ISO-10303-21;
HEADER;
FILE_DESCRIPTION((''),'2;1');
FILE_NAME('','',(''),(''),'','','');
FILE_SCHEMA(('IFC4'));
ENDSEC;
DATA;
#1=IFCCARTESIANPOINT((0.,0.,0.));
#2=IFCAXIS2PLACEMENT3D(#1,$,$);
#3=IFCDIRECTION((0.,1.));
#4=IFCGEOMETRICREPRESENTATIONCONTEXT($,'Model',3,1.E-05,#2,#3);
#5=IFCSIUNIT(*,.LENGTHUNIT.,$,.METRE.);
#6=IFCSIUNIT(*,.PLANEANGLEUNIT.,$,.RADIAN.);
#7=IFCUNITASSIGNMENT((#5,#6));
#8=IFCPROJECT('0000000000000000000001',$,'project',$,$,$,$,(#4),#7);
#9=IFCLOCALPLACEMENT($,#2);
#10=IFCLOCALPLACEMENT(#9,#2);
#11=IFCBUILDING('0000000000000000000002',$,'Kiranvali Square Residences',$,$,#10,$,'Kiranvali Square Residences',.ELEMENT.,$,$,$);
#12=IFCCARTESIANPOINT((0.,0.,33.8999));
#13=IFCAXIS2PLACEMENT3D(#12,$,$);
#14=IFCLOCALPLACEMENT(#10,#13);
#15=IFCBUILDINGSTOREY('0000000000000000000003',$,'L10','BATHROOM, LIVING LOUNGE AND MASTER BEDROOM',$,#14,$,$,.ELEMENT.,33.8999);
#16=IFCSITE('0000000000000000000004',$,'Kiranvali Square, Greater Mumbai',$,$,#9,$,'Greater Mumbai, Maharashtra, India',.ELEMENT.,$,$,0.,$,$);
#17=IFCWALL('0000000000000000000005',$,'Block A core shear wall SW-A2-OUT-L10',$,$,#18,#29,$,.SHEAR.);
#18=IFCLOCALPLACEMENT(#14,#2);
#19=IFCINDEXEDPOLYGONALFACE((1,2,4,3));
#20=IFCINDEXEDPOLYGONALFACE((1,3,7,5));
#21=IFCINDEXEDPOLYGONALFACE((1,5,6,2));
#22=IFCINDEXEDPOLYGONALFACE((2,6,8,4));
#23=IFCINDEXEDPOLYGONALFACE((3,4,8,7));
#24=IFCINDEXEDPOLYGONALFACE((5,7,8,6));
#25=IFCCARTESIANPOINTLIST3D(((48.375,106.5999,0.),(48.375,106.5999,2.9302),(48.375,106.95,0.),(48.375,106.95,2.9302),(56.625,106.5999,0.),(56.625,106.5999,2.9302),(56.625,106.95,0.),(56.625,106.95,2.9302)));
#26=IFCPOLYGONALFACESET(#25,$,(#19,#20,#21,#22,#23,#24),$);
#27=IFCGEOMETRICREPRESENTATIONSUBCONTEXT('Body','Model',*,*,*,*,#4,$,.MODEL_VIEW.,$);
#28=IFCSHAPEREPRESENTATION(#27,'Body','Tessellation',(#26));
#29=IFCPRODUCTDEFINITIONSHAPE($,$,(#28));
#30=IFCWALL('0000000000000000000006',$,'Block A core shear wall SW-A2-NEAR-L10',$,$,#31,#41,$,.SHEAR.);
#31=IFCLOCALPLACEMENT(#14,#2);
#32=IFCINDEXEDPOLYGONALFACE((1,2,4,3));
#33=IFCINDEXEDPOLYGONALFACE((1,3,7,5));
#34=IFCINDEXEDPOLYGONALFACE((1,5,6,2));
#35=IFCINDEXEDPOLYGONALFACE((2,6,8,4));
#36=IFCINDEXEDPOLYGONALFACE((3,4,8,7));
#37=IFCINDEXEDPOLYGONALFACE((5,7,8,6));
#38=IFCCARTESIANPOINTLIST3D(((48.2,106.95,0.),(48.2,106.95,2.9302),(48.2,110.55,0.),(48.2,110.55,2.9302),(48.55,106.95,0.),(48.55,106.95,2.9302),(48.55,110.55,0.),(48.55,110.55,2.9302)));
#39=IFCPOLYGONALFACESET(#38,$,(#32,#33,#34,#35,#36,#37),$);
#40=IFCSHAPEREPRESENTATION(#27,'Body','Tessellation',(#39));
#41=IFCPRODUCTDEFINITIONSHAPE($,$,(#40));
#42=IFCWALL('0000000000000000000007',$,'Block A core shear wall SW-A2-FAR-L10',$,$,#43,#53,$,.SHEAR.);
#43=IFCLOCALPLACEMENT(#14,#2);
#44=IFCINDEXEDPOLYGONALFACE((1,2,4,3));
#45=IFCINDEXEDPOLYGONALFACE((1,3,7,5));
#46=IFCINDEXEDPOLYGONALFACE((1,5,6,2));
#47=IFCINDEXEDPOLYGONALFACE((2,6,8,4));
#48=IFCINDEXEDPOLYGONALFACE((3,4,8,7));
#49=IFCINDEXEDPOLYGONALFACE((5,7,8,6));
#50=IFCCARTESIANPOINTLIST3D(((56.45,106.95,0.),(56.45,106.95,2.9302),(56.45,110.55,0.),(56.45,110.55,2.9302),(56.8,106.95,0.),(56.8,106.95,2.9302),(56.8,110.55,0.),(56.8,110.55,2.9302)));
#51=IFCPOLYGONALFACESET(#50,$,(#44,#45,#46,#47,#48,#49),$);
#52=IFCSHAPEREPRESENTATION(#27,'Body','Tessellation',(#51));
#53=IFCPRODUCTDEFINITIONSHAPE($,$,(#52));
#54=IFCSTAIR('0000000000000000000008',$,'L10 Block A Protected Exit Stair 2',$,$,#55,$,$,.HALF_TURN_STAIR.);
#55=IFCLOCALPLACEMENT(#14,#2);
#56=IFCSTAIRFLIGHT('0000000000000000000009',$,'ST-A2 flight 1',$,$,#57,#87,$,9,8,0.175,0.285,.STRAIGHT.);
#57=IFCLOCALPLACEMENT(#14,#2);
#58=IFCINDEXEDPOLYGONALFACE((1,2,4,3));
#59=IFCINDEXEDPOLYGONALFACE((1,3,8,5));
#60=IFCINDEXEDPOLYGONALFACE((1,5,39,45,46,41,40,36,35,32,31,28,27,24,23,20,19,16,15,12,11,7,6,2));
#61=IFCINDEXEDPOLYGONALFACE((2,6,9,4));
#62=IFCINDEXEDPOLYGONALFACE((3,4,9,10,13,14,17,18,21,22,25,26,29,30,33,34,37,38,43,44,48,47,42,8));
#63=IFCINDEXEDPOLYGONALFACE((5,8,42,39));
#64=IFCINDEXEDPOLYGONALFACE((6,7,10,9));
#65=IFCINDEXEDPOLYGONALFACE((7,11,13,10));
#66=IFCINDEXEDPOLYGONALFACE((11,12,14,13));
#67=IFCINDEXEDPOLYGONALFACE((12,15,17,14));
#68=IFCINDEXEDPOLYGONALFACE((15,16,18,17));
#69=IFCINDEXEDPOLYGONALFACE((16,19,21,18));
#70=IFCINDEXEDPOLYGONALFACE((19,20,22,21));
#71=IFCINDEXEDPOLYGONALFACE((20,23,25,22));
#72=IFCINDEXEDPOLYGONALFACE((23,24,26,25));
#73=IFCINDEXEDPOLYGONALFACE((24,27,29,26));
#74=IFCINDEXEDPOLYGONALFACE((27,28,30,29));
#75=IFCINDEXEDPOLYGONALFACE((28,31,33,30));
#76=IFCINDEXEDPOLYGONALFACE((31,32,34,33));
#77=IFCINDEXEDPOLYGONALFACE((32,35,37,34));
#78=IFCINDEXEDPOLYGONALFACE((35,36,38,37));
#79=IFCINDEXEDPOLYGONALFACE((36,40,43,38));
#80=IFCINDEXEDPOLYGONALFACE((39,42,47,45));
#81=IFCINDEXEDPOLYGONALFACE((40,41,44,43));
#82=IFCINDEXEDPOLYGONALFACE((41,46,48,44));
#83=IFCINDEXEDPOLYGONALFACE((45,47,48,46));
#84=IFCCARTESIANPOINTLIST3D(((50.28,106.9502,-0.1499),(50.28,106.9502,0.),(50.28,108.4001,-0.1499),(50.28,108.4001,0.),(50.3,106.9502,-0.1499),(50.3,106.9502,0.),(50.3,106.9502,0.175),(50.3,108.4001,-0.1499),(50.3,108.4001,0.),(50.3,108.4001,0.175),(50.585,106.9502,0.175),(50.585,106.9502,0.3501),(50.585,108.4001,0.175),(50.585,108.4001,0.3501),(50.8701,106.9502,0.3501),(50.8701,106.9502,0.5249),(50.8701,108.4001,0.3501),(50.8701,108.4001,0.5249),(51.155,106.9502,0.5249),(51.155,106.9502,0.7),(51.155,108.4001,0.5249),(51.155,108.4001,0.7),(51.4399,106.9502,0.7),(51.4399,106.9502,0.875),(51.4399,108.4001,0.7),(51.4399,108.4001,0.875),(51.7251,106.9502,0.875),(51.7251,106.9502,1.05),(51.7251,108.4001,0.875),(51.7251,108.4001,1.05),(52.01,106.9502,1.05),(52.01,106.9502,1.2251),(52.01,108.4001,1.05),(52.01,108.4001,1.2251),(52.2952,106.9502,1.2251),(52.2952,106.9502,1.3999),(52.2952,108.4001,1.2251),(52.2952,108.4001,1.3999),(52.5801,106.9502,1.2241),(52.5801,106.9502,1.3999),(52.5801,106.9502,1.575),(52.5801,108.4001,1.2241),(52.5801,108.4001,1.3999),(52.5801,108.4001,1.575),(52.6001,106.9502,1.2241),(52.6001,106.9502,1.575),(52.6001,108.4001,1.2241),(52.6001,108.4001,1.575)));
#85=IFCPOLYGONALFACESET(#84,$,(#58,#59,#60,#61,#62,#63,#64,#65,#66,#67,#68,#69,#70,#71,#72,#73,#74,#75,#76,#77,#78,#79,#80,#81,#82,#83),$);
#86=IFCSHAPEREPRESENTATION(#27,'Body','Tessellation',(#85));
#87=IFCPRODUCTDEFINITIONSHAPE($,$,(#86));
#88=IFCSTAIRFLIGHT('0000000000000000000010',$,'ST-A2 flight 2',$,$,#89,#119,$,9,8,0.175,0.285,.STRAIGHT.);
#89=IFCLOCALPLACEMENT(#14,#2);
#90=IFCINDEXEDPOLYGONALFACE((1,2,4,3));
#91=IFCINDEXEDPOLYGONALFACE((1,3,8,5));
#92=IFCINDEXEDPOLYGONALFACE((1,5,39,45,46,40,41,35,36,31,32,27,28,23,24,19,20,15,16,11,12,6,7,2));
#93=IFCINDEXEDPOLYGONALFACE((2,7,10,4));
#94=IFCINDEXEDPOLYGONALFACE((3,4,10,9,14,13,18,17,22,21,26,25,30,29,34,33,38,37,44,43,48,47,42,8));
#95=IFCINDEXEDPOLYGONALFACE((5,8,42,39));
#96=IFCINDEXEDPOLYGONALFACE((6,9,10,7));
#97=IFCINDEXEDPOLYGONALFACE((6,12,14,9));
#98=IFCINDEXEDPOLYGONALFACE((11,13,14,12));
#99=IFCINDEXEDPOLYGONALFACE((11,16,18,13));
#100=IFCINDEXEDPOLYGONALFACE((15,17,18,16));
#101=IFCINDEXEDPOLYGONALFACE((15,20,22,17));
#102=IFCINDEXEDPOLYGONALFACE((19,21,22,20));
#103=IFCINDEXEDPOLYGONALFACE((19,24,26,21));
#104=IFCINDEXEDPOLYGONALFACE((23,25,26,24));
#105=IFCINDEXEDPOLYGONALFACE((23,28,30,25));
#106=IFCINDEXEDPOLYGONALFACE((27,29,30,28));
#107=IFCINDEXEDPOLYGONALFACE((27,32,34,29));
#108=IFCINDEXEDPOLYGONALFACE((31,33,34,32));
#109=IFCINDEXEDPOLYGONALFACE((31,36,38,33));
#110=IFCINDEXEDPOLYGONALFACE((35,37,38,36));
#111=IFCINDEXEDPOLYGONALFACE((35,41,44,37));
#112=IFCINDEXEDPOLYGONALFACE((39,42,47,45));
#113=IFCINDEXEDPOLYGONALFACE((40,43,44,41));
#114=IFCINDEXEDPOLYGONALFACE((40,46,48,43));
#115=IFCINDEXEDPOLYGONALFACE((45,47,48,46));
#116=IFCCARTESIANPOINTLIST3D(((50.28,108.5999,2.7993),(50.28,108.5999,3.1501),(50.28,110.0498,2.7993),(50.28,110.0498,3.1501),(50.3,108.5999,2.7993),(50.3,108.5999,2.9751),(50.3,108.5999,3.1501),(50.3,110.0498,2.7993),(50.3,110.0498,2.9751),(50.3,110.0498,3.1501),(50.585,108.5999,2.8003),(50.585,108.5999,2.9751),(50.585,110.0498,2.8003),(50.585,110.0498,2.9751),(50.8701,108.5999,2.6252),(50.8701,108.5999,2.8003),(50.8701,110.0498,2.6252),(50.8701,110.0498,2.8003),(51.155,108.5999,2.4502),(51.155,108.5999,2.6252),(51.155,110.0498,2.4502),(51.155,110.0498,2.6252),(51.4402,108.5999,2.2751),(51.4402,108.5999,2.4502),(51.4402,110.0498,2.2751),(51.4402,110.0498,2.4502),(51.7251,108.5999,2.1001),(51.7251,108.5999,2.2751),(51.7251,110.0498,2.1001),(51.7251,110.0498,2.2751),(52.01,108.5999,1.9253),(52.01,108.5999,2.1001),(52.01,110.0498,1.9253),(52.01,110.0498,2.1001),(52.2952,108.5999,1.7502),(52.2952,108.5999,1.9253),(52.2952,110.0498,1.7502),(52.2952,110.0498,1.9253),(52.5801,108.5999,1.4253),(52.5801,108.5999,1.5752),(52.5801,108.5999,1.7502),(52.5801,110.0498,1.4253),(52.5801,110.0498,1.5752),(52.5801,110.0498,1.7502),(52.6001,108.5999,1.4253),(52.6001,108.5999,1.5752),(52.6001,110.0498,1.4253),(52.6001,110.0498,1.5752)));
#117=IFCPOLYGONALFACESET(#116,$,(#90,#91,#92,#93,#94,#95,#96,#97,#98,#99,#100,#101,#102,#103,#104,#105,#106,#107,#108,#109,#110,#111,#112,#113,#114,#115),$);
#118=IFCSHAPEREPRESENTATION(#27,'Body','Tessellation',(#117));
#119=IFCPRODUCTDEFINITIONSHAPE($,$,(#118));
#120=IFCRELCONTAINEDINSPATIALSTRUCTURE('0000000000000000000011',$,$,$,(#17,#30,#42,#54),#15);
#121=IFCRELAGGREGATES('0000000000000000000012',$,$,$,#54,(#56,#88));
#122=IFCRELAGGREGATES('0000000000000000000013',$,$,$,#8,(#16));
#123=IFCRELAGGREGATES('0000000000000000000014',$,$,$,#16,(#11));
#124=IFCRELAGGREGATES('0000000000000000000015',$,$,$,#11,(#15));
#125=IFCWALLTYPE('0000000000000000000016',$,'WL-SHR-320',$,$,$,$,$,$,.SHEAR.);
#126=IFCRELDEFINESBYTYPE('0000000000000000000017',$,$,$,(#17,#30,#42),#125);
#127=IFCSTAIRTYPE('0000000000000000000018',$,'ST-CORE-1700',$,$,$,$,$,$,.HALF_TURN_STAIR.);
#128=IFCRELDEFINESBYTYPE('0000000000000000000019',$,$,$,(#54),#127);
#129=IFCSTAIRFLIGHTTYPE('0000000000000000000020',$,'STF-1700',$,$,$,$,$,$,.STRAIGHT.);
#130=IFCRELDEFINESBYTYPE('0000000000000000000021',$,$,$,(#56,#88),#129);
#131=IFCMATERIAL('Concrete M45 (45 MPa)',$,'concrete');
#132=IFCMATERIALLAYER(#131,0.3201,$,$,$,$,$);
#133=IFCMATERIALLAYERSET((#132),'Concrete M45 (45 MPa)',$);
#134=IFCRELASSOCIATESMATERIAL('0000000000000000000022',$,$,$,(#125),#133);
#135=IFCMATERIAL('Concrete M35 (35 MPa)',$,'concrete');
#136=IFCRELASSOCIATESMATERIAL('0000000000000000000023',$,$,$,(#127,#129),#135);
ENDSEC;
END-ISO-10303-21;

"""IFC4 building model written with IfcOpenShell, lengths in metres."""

from ifc_helpers import new_model, si_unit, direction, frame, frame_2d, origin, place, context, subcontext, project, spatial, polyline, rectangle, outline, extrude, material, layer, layer_set, type_object, element, aggregate, save


model = new_model("IFC4")

# Units and contexts
model_context = context("Model", 3, precision=1e-05, world=origin(), true_north=direction((0.0, 1.0)))
body_context = subcontext(model_context, "Body", "Model", "MODEL_VIEW")
ifc_project = project(units=[si_unit("LENGTHUNIT", "METRE"), si_unit("PLANEANGLEUNIT", "RADIAN")], contexts=[model_context])

# Site, building, storey
site_placement = place(None, origin())
site = spatial("IfcSite", under=ifc_project, at=site_placement, Name="Kiranvali Square, Greater Mumbai", LongName="Greater Mumbai, Maharashtra, India", CompositionType="ELEMENT", RefElevation=0.0)
building_placement = place(site_placement, origin())
building = spatial("IfcBuilding", under=site, at=building_placement, Name="Kiranvali Square Residences", LongName="Kiranvali Square Residences", CompositionType="ELEMENT")
storey_placement = place(building_placement, frame((0.0, 0.0, 33.8999)))
storey = spatial("IfcBuildingStorey", under=building, at=storey_placement, Name="L10", Description="BATHROOM, LIVING LOUNGE AND MASTER BEDROOM", CompositionType="ELEMENT", Elevation=33.8999)

# Wall
ifc_material_1 = material(Name="Concrete M45 (45 MPa)", Category="concrete")
ifc_layer_1 = layer(ifc_material_1, 0.3201)
ifc_layer_set_1 = layer_set([ifc_layer_1], Name="Concrete M45 (45 MPa)")
wall_type_1 = type_object("IfcWallType", Name="WL-SHR-320", PredefinedType="SHEAR", material=ifc_layer_set_1)
wall_1_placement = place(storey_placement, frame((48.375, 106.7749, 0.0), z_axis=(0.0, 0.0, 1.0), x_axis=(1.0, 0.0, 0.0)))
element("IfcWall", 1, at=wall_1_placement, inside=storey, type_object=wall_type_1, Name="Block A core shear wall SW-A2-OUT-L10", PredefinedType="SHEAR", context=body_context, shape_type="SweptSolid", body=[
    extrude(rectangle(XDim=8.25, YDim=0.3501, at=frame_2d((4.125, 0.0))), origin(), (0.0, 0.0, 1.0), 2.9302),
])

# Walls
for number, where, z_axis, x_axis, name in (
    (2, (48.375, 106.95, 0.0), (0.0, 0.0, 1.0), (0.0, 1.0, 0.0), "Block A core shear wall SW-A2-NEAR-L10"),
    (3, (56.625, 106.95, 0.0), (0.0, 0.0, 1.0), (0.0, 1.0, 0.0), "Block A core shear wall SW-A2-FAR-L10"),
):
    element("IfcWall", number, at=place(storey_placement, frame(where, z_axis=z_axis, x_axis=x_axis)), inside=storey, type_object=wall_type_1, Name=name, PredefinedType="SHEAR", context=body_context, shape_type="SweptSolid", body=[
        extrude(rectangle(XDim=3.6001, YDim=0.3501, at=frame_2d((1.8, 0.0))), origin(), (0.0, 0.0, 1.0), 2.9302),
    ])

# Stair, stair flights
ifc_material_2 = material(Name="Concrete M35 (35 MPa)", Category="concrete")
stair_type = type_object("IfcStairType", Name="ST-CORE-1700", PredefinedType="HALF_TURN_STAIR", material=ifc_material_2)
stair_placement = place(storey_placement, origin())
stair = element("IfcStair", 4, at=stair_placement, inside=storey, type_object=stair_type, Name="L10 Block A Protected Exit Stair 2", PredefinedType="HALF_TURN_STAIR")
stair_flight_type = type_object("IfcStairFlightType", Name="STF-1700", PredefinedType="STRAIGHT", material=ifc_material_2)
stair_flight_1_placement = place(storey_placement, frame((50.3, 107.675, 0.0), z_axis=(0.0, 0.0, 1.0), x_axis=(1.0, 0.0, 0.0)))
stair_flight_1 = element("IfcStairFlight", 5, at=stair_flight_1_placement, type_object=stair_flight_type, Name="ST-A2 flight 1", NumberOfRisers=9, NumberOfTreads=8, PredefinedType="STRAIGHT", RiserHeight=0.175, TreadLength=0.285, context=body_context, shape_type="SweptSolid", body=[
    extrude(outline(polyline([(-0.02, -0.1499), (-0.02, 0.0), (0.0, 0.0), (0.0, 0.175), (0.2849, 0.175), (0.2849, 0.3501), (0.5701, 0.3501), (0.5701, 0.5249), (0.855, 0.5249), (0.855, 0.7), (1.1399, 0.7), (1.1399, 0.875), (1.425, 0.875), (1.425, 1.05), (1.71, 1.05), (1.71, 1.2251), (1.9951, 1.2251), (1.9951, 1.3999), (2.28, 1.3999), (2.28, 1.575), (2.3, 1.575), (2.3, 1.2241), (2.28, 1.2241), (0.0, -0.1499), (-0.02, -0.1499)])), frame((0.0, 0.7251, 0.0), z_axis=(0.0, -1.0, 0.0), x_axis=(1.0, 0.0, 0.0)), (0.0, 0.0, 1.0), 1.45),
])
stair_flight_2_placement = place(storey_placement, frame((52.5801, 109.325, 1.5752), z_axis=(0.0, 0.0, 1.0), x_axis=(-1.0, 0.0, 0.0)))
stair_flight_2 = element("IfcStairFlight", 6, at=stair_flight_2_placement, type_object=stair_flight_type, Name="ST-A2 flight 2", NumberOfRisers=9, NumberOfTreads=8, PredefinedType="STRAIGHT", RiserHeight=0.175, TreadLength=0.285, context=body_context, shape_type="SweptSolid", body=[
    extrude(outline(polyline([(-0.02, -0.1499), (-0.02, 0.0), (0.0, 0.0), (0.0, 0.175), (0.2849, 0.175), (0.2849, 0.3501), (0.5701, 0.3501), (0.5701, 0.5249), (0.855, 0.5249), (0.855, 0.7), (1.1399, 0.7), (1.1399, 0.875), (1.425, 0.875), (1.425, 1.05), (1.71, 1.05), (1.71, 1.2251), (1.9951, 1.2251), (1.9951, 1.3999), (2.28, 1.3999), (2.28, 1.575), (2.3, 1.575), (2.3, 1.2241), (2.28, 1.2241), (0.0, -0.1499), (-0.02, -0.1499)])), frame((0.0, 0.7251, 0.0), z_axis=(0.0, -1.0, 0.0), x_axis=(1.0, 0.0, 0.0)), (0.0, 0.0, 1.0), 1.45),
])
aggregate(stair, [stair_flight_1, stair_flight_2])

save(model, "model.ifc")
